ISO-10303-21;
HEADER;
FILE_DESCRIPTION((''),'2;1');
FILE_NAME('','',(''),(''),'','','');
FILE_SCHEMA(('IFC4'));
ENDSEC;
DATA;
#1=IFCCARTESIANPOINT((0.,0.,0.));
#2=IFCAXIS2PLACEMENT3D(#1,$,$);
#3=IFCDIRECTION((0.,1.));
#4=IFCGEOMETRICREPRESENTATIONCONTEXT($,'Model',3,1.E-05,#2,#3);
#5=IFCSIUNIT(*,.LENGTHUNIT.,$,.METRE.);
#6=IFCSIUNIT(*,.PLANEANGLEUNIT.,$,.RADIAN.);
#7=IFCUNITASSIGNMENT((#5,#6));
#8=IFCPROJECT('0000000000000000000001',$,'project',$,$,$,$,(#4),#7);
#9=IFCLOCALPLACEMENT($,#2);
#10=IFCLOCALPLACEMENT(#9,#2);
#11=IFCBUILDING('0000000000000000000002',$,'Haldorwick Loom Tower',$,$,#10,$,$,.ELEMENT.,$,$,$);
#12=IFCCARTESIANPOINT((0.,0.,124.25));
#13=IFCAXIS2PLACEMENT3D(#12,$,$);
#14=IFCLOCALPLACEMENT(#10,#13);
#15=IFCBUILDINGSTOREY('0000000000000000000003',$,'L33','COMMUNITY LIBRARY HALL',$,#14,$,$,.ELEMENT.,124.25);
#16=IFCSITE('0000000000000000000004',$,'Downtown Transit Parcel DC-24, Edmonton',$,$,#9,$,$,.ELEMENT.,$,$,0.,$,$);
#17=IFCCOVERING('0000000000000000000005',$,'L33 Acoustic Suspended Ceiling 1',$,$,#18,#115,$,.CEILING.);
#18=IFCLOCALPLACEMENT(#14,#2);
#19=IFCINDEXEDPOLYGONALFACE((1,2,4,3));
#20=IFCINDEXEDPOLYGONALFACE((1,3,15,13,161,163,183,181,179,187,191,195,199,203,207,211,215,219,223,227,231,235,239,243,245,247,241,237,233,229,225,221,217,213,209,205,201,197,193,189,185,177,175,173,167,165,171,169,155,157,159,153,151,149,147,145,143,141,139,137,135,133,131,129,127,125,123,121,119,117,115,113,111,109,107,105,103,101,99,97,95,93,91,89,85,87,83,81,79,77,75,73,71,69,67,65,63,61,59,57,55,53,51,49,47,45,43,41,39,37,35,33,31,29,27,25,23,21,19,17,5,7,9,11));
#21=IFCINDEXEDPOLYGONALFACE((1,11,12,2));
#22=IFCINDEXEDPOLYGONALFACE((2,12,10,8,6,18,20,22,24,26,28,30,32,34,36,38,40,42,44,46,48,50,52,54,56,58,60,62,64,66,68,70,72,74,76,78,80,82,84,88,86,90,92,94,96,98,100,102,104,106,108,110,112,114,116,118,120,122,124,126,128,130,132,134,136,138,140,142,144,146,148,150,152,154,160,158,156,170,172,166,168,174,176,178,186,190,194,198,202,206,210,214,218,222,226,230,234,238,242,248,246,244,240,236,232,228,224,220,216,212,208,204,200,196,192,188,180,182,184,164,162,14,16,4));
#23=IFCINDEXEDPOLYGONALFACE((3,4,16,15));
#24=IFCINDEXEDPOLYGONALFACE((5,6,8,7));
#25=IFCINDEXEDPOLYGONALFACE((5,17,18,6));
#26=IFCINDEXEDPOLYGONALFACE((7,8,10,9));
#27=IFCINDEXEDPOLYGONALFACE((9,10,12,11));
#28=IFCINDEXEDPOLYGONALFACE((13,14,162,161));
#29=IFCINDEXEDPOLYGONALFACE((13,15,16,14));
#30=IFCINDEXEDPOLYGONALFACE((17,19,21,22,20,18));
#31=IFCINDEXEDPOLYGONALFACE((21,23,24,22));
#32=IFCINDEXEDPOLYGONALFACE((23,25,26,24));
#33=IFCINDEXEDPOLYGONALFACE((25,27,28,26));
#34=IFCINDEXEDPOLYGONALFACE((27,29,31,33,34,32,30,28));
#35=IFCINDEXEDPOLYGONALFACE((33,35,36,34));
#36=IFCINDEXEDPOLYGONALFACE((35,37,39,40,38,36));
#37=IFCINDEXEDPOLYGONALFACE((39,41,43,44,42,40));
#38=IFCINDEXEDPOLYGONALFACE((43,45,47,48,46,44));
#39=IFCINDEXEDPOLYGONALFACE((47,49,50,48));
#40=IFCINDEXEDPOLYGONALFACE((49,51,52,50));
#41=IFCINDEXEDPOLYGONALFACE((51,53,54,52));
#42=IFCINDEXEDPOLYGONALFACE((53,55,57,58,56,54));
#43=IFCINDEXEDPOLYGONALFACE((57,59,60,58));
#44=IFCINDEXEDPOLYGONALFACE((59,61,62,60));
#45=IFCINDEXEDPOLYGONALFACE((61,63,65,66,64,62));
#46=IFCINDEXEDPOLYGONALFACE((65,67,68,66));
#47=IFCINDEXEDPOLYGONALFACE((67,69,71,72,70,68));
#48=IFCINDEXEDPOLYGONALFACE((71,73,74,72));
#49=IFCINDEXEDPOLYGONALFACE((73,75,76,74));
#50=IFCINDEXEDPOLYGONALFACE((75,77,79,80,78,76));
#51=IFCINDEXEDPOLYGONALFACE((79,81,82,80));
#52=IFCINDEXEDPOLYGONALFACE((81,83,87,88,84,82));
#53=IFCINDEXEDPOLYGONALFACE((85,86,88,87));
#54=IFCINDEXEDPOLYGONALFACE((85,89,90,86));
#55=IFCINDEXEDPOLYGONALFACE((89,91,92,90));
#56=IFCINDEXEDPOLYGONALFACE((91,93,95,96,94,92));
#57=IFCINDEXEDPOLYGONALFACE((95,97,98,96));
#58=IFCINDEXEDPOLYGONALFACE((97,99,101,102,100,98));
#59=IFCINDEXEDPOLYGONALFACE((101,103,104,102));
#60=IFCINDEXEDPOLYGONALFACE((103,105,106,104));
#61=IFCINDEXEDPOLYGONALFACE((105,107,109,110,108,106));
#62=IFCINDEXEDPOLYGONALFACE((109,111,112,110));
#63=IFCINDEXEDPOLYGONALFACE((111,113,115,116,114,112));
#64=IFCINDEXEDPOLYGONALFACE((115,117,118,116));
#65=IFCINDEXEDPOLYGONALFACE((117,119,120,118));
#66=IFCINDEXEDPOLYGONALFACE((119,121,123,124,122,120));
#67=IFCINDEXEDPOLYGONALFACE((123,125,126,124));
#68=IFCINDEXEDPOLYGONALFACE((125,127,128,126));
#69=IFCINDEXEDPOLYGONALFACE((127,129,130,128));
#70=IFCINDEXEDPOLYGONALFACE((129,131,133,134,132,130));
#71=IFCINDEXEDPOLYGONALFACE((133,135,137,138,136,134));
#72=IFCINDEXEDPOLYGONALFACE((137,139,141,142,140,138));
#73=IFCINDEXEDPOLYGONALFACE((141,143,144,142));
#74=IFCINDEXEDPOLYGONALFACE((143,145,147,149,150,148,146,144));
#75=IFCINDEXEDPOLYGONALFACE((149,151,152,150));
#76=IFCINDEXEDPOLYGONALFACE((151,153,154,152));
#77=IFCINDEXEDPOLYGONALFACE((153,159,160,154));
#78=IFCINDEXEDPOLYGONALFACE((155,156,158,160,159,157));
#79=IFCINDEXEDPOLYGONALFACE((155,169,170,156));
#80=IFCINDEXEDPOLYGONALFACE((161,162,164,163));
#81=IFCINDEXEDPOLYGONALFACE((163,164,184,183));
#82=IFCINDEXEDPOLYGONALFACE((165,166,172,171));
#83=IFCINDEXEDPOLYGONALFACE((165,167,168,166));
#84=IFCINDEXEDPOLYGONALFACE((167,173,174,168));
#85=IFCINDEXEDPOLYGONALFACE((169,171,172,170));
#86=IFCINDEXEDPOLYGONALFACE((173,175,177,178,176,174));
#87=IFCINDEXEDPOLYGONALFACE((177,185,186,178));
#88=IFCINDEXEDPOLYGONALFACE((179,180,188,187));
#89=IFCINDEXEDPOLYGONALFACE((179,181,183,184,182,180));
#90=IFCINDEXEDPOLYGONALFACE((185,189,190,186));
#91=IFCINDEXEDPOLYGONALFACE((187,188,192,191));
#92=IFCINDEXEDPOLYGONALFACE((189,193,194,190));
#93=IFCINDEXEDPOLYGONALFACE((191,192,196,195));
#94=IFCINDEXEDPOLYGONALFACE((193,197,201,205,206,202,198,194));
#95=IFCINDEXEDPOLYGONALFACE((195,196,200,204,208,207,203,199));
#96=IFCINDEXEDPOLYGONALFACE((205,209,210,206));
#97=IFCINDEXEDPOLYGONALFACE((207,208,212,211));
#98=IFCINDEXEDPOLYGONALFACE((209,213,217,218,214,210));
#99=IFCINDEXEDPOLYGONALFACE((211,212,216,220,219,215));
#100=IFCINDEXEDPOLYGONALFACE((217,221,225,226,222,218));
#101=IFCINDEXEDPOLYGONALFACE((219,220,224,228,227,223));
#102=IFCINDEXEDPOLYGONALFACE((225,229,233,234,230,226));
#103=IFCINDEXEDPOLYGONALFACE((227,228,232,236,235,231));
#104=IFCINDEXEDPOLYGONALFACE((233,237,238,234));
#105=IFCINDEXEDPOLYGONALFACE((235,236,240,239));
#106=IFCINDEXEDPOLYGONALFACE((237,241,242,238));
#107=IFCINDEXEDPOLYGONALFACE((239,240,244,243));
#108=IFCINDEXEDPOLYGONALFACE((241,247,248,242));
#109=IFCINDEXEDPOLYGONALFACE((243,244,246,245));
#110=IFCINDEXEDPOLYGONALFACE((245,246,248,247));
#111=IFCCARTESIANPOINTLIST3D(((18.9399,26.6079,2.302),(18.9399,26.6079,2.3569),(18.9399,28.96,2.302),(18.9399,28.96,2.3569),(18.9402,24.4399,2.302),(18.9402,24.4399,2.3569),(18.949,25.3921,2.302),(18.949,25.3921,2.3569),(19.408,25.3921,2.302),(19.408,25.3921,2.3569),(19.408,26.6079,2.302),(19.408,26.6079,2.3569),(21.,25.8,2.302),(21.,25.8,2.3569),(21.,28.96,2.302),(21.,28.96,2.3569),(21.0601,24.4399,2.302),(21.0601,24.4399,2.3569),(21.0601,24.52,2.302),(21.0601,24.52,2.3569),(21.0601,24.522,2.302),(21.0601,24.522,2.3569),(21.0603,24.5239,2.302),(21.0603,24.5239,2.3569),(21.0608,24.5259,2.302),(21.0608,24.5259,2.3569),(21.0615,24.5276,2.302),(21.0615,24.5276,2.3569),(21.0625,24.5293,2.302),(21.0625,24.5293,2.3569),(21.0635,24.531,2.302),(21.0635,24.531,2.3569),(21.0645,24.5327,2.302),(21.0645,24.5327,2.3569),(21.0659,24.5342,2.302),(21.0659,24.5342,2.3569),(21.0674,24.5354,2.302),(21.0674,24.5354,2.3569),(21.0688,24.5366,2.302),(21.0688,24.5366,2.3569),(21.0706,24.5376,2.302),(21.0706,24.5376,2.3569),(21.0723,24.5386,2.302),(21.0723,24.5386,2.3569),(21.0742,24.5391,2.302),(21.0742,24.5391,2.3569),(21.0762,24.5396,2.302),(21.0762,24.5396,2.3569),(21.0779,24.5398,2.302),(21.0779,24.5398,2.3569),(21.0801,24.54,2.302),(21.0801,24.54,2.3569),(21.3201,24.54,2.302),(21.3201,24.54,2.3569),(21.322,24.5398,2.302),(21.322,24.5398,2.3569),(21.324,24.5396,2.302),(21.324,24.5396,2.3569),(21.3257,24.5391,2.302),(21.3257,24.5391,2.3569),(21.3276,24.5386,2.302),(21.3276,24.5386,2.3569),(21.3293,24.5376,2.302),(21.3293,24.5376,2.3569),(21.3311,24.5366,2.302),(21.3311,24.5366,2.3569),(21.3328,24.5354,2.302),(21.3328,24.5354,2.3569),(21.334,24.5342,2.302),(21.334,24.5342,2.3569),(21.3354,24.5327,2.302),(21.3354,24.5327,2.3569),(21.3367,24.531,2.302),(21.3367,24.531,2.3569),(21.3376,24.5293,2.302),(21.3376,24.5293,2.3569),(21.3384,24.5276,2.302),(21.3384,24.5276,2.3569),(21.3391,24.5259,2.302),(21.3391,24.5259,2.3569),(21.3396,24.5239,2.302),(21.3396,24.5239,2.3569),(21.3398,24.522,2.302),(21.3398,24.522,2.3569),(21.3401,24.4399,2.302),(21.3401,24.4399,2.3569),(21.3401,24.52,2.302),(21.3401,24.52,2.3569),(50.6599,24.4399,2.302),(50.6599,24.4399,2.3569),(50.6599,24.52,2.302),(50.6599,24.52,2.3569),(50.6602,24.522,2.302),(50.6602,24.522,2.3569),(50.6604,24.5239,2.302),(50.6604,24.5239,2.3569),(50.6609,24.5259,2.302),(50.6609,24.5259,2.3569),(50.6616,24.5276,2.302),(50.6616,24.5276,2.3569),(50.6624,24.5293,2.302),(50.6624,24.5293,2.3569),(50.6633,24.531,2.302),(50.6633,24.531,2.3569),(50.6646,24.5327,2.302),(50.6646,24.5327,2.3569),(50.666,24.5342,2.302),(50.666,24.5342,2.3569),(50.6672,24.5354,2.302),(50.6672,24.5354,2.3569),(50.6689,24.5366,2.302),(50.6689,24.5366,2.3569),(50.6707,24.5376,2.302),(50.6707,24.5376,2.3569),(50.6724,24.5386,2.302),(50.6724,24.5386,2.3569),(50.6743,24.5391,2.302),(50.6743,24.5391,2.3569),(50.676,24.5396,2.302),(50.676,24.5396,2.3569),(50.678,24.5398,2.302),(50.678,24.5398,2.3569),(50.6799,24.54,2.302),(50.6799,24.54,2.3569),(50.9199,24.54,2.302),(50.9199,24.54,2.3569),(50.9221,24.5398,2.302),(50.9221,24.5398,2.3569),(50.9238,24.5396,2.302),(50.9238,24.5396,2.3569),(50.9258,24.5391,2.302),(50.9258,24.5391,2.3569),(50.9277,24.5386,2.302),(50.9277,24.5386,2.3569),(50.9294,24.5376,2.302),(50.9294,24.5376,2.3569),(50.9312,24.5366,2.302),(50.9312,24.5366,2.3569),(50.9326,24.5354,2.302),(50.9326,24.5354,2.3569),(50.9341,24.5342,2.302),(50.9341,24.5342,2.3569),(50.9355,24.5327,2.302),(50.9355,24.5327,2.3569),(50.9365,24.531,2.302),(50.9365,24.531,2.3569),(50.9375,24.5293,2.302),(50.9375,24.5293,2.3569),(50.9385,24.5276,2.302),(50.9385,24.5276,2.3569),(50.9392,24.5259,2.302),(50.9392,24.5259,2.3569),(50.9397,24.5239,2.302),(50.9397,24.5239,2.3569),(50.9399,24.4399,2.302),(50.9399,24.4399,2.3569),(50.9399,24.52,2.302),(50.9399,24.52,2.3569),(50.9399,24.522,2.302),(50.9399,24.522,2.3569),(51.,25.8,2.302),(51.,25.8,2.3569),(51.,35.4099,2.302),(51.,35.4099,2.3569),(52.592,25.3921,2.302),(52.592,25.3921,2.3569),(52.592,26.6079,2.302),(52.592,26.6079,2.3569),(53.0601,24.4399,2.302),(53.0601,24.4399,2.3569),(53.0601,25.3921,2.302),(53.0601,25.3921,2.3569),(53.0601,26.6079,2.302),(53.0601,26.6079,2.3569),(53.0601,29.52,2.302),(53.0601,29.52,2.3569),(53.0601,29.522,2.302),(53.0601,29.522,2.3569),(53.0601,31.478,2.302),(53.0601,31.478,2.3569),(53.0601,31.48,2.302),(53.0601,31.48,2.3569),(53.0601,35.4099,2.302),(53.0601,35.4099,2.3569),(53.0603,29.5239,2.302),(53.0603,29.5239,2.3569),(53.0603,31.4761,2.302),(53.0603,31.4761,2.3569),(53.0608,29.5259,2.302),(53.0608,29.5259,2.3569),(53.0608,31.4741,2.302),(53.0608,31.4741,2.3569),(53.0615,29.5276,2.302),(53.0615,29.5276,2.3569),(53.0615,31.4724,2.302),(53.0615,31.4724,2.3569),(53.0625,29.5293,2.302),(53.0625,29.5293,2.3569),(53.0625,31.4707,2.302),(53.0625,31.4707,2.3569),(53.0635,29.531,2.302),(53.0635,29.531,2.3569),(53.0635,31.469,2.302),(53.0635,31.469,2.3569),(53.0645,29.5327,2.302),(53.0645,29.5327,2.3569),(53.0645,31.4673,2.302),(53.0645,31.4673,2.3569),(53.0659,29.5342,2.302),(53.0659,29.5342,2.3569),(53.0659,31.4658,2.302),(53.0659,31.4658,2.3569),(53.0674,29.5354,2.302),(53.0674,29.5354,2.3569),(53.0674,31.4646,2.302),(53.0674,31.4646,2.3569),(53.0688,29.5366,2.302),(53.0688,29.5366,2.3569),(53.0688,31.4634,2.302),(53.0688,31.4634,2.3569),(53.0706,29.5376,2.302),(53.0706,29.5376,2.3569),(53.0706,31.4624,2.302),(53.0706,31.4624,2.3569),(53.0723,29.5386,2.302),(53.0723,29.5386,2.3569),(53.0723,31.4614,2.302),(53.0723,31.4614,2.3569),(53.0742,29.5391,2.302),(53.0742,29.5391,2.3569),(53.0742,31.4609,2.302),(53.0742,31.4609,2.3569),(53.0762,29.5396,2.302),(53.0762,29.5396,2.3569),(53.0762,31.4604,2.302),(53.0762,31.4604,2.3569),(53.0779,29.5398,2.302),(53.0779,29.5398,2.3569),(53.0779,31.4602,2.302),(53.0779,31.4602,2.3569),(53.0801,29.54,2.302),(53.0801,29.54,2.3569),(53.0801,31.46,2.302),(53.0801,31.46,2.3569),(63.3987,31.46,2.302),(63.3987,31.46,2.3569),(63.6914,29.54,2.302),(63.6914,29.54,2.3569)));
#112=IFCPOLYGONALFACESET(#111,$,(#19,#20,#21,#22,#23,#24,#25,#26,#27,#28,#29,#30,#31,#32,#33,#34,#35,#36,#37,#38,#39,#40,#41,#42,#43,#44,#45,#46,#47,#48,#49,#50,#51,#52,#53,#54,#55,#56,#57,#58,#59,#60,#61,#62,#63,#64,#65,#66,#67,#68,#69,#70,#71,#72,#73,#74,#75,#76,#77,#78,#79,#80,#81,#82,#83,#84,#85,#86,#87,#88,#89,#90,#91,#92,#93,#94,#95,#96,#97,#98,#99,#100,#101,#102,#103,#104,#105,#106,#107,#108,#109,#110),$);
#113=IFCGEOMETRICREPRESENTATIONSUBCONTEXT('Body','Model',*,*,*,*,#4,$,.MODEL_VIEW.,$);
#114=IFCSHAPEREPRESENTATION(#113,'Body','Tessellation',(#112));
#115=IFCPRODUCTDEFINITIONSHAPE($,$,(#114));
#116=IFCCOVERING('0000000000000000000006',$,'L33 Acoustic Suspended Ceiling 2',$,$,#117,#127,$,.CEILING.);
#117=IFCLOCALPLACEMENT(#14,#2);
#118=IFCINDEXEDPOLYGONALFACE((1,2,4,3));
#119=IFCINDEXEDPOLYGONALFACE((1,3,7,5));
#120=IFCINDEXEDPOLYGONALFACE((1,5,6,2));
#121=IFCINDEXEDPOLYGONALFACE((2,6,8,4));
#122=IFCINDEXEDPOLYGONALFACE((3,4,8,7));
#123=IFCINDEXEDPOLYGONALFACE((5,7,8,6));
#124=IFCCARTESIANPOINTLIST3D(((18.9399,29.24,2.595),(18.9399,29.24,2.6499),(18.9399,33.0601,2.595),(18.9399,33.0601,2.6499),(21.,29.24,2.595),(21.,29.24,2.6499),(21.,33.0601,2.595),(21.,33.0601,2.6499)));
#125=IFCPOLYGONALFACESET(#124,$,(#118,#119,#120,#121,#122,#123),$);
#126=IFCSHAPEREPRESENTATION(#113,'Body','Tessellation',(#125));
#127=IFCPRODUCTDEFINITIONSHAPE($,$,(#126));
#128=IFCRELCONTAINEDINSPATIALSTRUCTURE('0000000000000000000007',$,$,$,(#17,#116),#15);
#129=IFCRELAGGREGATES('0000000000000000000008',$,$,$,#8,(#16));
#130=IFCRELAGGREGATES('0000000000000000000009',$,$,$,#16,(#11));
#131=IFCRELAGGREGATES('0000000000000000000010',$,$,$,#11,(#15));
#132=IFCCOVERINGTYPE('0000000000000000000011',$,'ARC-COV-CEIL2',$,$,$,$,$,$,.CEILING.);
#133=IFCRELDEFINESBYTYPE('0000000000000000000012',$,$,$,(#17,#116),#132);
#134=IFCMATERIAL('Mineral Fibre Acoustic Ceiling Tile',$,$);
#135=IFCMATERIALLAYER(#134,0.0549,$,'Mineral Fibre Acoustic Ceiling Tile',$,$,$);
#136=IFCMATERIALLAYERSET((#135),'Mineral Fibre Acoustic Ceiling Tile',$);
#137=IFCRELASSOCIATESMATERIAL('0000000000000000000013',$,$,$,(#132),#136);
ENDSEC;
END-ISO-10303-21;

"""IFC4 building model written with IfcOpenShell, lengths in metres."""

from ifc_helpers import new_model, si_unit, direction, frame, origin, place, context, subcontext, project, spatial, polyline, outline, extrude, material, layer, layer_set, type_object, element, save


model = new_model("IFC4")

# Units and contexts
model_context = context("Model", 3, precision=1e-05, world=origin(), true_north=direction((0.0, 1.0)))
body_context = subcontext(model_context, "Body", "Model", "MODEL_VIEW")
ifc_project = project(units=[si_unit("LENGTHUNIT", "METRE"), si_unit("PLANEANGLEUNIT", "RADIAN")], contexts=[model_context])

# Site, building, storey
site_placement = place(None, origin())
site = spatial("IfcSite", under=ifc_project, at=site_placement, Name="Downtown Transit Parcel DC-24, Edmonton", CompositionType="ELEMENT", RefElevation=0.0)
building_placement = place(site_placement, origin())
building = spatial("IfcBuilding", under=site, at=building_placement, Name="Haldorwick Loom Tower", CompositionType="ELEMENT")
storey_placement = place(building_placement, frame((0.0, 0.0, 124.25)))
storey = spatial("IfcBuildingStorey", under=building, at=storey_placement, Name="L33", Description="COMMUNITY LIBRARY HALL", CompositionType="ELEMENT", Elevation=124.25)

# Coverings
ifc_material_1 = material(Name="Mineral Fibre Acoustic Ceiling Tile")
ifc_layer_1 = layer(ifc_material_1, 0.0549, Name="Mineral Fibre Acoustic Ceiling Tile")
ifc_layer_set_1 = layer_set([ifc_layer_1], Name="Mineral Fibre Acoustic Ceiling Tile")
covering_type_1 = type_object("IfcCoveringType", Name="ARC-COV-CEIL2", PredefinedType="CEILING", material=ifc_layer_set_1)
covering_1_placement = place(storey_placement, frame((0.0, 0.0, 2.302)))
element("IfcCovering", 1, at=covering_1_placement, inside=storey, type_object=covering_type_1, Name="L33 Acoustic Suspended Ceiling 1", PredefinedType="CEILING", context=body_context, shape_type="SweptSolid", body=[
    extrude(outline(polyline([(18.9399, 26.6079), (19.408, 26.6079), (19.408, 25.3921), (18.949, 25.3921), (18.9402, 24.4399), (21.0601, 24.4399), (21.0601, 24.52), (21.0601, 24.522), (21.0603, 24.5239), (21.0608, 24.5259), (21.0615, 24.5276), (21.0625, 24.5293), (21.0635, 24.531), (21.0645, 24.5327), (21.0659, 24.5342), (21.0674, 24.5354), (21.0688, 24.5366), (21.0706, 24.5376), (21.0723, 24.5386), (21.0742, 24.5391), (21.0762, 24.5396), (21.0779, 24.5398), (21.0801, 24.54), (21.3201, 24.54), (21.322, 24.5398), (21.324, 24.5396), (21.3257, 24.5391), (21.3276, 24.5386), (21.3293, 24.5376), (21.3311, 24.5366), (21.3328, 24.5354), (21.334, 24.5342), (21.3354, 24.5327), (21.3367, 24.531), (21.3376, 24.5293), (21.3384, 24.5276), (21.3391, 24.5259), (21.3396, 24.5239), (21.3398, 24.522), (21.3401, 24.52), (21.3401, 24.4399), (50.6599, 24.4399), (50.6599, 24.52), (50.6602, 24.522), (50.6604, 24.5239), (50.6609, 24.5259), (50.6616, 24.5276), (50.6624, 24.5293), (50.6633, 24.531), (50.6646, 24.5327), (50.666, 24.5342), (50.6672, 24.5354), (50.6689, 24.5366), (50.6707, 24.5376), (50.6724, 24.5386), (50.6743, 24.5391), (50.676, 24.5396), (50.678, 24.5398), (50.6799, 24.54), (50.9199, 24.54), (50.9221, 24.5398), (50.9238, 24.5396), (50.9258, 24.5391), (50.9277, 24.5386), (50.9294, 24.5376), (50.9312, 24.5366), (50.9326, 24.5354), (50.9341, 24.5342), (50.9355, 24.5327), (50.9365, 24.531), (50.9375, 24.5293), (50.9385, 24.5276), (50.9392, 24.5259), (50.9397, 24.5239), (50.9399, 24.522), (50.9399, 24.52), (50.9399, 24.4399), (53.0601, 24.4399), (53.0601, 25.3921), (52.592, 25.3921), (52.592, 26.6079), (53.0601, 26.6079), (53.0601, 29.52), (53.0601, 29.522), (53.0603, 29.5239), (53.0608, 29.5259), (53.0615, 29.5276), (53.0625, 29.5293), (53.0635, 29.531), (53.0645, 29.5327), (53.0659, 29.5342), (53.0674, 29.5354), (53.0688, 29.5366), (53.0706, 29.5376), (53.0723, 29.5386), (53.0742, 29.5391), (53.0762, 29.5396), (53.0779, 29.5398), (53.0801, 29.54), (63.6914, 29.54), (63.3987, 31.46), (53.0801, 31.46), (53.0779, 31.4602), (53.0762, 31.4604), (53.0742, 31.4609), (53.0723, 31.4614), (53.0706, 31.4624), (53.0688, 31.4634), (53.0674, 31.4646), (53.0659, 31.4658), (53.0645, 31.4673), (53.0635, 31.469), (53.0625, 31.4707), (53.0615, 31.4724), (53.0608, 31.4741), (53.0603, 31.4761), (53.0601, 31.478), (53.0601, 31.48), (53.0601, 35.4099), (51.0, 35.4099), (51.0, 25.8), (21.0, 25.8), (21.0, 28.96), (18.9399, 28.96), (18.9399, 26.6079)])), origin(), (0.0, 0.0, 1.0), 0.0549),
])
covering_2_placement = place(storey_placement, frame((0.0, 0.0, 2.595)))
element("IfcCovering", 2, at=covering_2_placement, inside=storey, type_object=covering_type_1, Name="L33 Acoustic Suspended Ceiling 2", PredefinedType="CEILING", context=body_context, shape_type="SweptSolid", body=[
    extrude(outline(polyline([(21.0, 29.24), (21.0, 33.0601), (18.9399, 33.0601), (18.9399, 29.24), (21.0, 29.24)])), origin(), (0.0, 0.0, 1.0), 0.0549),
])

save(model, "model.ifc")
